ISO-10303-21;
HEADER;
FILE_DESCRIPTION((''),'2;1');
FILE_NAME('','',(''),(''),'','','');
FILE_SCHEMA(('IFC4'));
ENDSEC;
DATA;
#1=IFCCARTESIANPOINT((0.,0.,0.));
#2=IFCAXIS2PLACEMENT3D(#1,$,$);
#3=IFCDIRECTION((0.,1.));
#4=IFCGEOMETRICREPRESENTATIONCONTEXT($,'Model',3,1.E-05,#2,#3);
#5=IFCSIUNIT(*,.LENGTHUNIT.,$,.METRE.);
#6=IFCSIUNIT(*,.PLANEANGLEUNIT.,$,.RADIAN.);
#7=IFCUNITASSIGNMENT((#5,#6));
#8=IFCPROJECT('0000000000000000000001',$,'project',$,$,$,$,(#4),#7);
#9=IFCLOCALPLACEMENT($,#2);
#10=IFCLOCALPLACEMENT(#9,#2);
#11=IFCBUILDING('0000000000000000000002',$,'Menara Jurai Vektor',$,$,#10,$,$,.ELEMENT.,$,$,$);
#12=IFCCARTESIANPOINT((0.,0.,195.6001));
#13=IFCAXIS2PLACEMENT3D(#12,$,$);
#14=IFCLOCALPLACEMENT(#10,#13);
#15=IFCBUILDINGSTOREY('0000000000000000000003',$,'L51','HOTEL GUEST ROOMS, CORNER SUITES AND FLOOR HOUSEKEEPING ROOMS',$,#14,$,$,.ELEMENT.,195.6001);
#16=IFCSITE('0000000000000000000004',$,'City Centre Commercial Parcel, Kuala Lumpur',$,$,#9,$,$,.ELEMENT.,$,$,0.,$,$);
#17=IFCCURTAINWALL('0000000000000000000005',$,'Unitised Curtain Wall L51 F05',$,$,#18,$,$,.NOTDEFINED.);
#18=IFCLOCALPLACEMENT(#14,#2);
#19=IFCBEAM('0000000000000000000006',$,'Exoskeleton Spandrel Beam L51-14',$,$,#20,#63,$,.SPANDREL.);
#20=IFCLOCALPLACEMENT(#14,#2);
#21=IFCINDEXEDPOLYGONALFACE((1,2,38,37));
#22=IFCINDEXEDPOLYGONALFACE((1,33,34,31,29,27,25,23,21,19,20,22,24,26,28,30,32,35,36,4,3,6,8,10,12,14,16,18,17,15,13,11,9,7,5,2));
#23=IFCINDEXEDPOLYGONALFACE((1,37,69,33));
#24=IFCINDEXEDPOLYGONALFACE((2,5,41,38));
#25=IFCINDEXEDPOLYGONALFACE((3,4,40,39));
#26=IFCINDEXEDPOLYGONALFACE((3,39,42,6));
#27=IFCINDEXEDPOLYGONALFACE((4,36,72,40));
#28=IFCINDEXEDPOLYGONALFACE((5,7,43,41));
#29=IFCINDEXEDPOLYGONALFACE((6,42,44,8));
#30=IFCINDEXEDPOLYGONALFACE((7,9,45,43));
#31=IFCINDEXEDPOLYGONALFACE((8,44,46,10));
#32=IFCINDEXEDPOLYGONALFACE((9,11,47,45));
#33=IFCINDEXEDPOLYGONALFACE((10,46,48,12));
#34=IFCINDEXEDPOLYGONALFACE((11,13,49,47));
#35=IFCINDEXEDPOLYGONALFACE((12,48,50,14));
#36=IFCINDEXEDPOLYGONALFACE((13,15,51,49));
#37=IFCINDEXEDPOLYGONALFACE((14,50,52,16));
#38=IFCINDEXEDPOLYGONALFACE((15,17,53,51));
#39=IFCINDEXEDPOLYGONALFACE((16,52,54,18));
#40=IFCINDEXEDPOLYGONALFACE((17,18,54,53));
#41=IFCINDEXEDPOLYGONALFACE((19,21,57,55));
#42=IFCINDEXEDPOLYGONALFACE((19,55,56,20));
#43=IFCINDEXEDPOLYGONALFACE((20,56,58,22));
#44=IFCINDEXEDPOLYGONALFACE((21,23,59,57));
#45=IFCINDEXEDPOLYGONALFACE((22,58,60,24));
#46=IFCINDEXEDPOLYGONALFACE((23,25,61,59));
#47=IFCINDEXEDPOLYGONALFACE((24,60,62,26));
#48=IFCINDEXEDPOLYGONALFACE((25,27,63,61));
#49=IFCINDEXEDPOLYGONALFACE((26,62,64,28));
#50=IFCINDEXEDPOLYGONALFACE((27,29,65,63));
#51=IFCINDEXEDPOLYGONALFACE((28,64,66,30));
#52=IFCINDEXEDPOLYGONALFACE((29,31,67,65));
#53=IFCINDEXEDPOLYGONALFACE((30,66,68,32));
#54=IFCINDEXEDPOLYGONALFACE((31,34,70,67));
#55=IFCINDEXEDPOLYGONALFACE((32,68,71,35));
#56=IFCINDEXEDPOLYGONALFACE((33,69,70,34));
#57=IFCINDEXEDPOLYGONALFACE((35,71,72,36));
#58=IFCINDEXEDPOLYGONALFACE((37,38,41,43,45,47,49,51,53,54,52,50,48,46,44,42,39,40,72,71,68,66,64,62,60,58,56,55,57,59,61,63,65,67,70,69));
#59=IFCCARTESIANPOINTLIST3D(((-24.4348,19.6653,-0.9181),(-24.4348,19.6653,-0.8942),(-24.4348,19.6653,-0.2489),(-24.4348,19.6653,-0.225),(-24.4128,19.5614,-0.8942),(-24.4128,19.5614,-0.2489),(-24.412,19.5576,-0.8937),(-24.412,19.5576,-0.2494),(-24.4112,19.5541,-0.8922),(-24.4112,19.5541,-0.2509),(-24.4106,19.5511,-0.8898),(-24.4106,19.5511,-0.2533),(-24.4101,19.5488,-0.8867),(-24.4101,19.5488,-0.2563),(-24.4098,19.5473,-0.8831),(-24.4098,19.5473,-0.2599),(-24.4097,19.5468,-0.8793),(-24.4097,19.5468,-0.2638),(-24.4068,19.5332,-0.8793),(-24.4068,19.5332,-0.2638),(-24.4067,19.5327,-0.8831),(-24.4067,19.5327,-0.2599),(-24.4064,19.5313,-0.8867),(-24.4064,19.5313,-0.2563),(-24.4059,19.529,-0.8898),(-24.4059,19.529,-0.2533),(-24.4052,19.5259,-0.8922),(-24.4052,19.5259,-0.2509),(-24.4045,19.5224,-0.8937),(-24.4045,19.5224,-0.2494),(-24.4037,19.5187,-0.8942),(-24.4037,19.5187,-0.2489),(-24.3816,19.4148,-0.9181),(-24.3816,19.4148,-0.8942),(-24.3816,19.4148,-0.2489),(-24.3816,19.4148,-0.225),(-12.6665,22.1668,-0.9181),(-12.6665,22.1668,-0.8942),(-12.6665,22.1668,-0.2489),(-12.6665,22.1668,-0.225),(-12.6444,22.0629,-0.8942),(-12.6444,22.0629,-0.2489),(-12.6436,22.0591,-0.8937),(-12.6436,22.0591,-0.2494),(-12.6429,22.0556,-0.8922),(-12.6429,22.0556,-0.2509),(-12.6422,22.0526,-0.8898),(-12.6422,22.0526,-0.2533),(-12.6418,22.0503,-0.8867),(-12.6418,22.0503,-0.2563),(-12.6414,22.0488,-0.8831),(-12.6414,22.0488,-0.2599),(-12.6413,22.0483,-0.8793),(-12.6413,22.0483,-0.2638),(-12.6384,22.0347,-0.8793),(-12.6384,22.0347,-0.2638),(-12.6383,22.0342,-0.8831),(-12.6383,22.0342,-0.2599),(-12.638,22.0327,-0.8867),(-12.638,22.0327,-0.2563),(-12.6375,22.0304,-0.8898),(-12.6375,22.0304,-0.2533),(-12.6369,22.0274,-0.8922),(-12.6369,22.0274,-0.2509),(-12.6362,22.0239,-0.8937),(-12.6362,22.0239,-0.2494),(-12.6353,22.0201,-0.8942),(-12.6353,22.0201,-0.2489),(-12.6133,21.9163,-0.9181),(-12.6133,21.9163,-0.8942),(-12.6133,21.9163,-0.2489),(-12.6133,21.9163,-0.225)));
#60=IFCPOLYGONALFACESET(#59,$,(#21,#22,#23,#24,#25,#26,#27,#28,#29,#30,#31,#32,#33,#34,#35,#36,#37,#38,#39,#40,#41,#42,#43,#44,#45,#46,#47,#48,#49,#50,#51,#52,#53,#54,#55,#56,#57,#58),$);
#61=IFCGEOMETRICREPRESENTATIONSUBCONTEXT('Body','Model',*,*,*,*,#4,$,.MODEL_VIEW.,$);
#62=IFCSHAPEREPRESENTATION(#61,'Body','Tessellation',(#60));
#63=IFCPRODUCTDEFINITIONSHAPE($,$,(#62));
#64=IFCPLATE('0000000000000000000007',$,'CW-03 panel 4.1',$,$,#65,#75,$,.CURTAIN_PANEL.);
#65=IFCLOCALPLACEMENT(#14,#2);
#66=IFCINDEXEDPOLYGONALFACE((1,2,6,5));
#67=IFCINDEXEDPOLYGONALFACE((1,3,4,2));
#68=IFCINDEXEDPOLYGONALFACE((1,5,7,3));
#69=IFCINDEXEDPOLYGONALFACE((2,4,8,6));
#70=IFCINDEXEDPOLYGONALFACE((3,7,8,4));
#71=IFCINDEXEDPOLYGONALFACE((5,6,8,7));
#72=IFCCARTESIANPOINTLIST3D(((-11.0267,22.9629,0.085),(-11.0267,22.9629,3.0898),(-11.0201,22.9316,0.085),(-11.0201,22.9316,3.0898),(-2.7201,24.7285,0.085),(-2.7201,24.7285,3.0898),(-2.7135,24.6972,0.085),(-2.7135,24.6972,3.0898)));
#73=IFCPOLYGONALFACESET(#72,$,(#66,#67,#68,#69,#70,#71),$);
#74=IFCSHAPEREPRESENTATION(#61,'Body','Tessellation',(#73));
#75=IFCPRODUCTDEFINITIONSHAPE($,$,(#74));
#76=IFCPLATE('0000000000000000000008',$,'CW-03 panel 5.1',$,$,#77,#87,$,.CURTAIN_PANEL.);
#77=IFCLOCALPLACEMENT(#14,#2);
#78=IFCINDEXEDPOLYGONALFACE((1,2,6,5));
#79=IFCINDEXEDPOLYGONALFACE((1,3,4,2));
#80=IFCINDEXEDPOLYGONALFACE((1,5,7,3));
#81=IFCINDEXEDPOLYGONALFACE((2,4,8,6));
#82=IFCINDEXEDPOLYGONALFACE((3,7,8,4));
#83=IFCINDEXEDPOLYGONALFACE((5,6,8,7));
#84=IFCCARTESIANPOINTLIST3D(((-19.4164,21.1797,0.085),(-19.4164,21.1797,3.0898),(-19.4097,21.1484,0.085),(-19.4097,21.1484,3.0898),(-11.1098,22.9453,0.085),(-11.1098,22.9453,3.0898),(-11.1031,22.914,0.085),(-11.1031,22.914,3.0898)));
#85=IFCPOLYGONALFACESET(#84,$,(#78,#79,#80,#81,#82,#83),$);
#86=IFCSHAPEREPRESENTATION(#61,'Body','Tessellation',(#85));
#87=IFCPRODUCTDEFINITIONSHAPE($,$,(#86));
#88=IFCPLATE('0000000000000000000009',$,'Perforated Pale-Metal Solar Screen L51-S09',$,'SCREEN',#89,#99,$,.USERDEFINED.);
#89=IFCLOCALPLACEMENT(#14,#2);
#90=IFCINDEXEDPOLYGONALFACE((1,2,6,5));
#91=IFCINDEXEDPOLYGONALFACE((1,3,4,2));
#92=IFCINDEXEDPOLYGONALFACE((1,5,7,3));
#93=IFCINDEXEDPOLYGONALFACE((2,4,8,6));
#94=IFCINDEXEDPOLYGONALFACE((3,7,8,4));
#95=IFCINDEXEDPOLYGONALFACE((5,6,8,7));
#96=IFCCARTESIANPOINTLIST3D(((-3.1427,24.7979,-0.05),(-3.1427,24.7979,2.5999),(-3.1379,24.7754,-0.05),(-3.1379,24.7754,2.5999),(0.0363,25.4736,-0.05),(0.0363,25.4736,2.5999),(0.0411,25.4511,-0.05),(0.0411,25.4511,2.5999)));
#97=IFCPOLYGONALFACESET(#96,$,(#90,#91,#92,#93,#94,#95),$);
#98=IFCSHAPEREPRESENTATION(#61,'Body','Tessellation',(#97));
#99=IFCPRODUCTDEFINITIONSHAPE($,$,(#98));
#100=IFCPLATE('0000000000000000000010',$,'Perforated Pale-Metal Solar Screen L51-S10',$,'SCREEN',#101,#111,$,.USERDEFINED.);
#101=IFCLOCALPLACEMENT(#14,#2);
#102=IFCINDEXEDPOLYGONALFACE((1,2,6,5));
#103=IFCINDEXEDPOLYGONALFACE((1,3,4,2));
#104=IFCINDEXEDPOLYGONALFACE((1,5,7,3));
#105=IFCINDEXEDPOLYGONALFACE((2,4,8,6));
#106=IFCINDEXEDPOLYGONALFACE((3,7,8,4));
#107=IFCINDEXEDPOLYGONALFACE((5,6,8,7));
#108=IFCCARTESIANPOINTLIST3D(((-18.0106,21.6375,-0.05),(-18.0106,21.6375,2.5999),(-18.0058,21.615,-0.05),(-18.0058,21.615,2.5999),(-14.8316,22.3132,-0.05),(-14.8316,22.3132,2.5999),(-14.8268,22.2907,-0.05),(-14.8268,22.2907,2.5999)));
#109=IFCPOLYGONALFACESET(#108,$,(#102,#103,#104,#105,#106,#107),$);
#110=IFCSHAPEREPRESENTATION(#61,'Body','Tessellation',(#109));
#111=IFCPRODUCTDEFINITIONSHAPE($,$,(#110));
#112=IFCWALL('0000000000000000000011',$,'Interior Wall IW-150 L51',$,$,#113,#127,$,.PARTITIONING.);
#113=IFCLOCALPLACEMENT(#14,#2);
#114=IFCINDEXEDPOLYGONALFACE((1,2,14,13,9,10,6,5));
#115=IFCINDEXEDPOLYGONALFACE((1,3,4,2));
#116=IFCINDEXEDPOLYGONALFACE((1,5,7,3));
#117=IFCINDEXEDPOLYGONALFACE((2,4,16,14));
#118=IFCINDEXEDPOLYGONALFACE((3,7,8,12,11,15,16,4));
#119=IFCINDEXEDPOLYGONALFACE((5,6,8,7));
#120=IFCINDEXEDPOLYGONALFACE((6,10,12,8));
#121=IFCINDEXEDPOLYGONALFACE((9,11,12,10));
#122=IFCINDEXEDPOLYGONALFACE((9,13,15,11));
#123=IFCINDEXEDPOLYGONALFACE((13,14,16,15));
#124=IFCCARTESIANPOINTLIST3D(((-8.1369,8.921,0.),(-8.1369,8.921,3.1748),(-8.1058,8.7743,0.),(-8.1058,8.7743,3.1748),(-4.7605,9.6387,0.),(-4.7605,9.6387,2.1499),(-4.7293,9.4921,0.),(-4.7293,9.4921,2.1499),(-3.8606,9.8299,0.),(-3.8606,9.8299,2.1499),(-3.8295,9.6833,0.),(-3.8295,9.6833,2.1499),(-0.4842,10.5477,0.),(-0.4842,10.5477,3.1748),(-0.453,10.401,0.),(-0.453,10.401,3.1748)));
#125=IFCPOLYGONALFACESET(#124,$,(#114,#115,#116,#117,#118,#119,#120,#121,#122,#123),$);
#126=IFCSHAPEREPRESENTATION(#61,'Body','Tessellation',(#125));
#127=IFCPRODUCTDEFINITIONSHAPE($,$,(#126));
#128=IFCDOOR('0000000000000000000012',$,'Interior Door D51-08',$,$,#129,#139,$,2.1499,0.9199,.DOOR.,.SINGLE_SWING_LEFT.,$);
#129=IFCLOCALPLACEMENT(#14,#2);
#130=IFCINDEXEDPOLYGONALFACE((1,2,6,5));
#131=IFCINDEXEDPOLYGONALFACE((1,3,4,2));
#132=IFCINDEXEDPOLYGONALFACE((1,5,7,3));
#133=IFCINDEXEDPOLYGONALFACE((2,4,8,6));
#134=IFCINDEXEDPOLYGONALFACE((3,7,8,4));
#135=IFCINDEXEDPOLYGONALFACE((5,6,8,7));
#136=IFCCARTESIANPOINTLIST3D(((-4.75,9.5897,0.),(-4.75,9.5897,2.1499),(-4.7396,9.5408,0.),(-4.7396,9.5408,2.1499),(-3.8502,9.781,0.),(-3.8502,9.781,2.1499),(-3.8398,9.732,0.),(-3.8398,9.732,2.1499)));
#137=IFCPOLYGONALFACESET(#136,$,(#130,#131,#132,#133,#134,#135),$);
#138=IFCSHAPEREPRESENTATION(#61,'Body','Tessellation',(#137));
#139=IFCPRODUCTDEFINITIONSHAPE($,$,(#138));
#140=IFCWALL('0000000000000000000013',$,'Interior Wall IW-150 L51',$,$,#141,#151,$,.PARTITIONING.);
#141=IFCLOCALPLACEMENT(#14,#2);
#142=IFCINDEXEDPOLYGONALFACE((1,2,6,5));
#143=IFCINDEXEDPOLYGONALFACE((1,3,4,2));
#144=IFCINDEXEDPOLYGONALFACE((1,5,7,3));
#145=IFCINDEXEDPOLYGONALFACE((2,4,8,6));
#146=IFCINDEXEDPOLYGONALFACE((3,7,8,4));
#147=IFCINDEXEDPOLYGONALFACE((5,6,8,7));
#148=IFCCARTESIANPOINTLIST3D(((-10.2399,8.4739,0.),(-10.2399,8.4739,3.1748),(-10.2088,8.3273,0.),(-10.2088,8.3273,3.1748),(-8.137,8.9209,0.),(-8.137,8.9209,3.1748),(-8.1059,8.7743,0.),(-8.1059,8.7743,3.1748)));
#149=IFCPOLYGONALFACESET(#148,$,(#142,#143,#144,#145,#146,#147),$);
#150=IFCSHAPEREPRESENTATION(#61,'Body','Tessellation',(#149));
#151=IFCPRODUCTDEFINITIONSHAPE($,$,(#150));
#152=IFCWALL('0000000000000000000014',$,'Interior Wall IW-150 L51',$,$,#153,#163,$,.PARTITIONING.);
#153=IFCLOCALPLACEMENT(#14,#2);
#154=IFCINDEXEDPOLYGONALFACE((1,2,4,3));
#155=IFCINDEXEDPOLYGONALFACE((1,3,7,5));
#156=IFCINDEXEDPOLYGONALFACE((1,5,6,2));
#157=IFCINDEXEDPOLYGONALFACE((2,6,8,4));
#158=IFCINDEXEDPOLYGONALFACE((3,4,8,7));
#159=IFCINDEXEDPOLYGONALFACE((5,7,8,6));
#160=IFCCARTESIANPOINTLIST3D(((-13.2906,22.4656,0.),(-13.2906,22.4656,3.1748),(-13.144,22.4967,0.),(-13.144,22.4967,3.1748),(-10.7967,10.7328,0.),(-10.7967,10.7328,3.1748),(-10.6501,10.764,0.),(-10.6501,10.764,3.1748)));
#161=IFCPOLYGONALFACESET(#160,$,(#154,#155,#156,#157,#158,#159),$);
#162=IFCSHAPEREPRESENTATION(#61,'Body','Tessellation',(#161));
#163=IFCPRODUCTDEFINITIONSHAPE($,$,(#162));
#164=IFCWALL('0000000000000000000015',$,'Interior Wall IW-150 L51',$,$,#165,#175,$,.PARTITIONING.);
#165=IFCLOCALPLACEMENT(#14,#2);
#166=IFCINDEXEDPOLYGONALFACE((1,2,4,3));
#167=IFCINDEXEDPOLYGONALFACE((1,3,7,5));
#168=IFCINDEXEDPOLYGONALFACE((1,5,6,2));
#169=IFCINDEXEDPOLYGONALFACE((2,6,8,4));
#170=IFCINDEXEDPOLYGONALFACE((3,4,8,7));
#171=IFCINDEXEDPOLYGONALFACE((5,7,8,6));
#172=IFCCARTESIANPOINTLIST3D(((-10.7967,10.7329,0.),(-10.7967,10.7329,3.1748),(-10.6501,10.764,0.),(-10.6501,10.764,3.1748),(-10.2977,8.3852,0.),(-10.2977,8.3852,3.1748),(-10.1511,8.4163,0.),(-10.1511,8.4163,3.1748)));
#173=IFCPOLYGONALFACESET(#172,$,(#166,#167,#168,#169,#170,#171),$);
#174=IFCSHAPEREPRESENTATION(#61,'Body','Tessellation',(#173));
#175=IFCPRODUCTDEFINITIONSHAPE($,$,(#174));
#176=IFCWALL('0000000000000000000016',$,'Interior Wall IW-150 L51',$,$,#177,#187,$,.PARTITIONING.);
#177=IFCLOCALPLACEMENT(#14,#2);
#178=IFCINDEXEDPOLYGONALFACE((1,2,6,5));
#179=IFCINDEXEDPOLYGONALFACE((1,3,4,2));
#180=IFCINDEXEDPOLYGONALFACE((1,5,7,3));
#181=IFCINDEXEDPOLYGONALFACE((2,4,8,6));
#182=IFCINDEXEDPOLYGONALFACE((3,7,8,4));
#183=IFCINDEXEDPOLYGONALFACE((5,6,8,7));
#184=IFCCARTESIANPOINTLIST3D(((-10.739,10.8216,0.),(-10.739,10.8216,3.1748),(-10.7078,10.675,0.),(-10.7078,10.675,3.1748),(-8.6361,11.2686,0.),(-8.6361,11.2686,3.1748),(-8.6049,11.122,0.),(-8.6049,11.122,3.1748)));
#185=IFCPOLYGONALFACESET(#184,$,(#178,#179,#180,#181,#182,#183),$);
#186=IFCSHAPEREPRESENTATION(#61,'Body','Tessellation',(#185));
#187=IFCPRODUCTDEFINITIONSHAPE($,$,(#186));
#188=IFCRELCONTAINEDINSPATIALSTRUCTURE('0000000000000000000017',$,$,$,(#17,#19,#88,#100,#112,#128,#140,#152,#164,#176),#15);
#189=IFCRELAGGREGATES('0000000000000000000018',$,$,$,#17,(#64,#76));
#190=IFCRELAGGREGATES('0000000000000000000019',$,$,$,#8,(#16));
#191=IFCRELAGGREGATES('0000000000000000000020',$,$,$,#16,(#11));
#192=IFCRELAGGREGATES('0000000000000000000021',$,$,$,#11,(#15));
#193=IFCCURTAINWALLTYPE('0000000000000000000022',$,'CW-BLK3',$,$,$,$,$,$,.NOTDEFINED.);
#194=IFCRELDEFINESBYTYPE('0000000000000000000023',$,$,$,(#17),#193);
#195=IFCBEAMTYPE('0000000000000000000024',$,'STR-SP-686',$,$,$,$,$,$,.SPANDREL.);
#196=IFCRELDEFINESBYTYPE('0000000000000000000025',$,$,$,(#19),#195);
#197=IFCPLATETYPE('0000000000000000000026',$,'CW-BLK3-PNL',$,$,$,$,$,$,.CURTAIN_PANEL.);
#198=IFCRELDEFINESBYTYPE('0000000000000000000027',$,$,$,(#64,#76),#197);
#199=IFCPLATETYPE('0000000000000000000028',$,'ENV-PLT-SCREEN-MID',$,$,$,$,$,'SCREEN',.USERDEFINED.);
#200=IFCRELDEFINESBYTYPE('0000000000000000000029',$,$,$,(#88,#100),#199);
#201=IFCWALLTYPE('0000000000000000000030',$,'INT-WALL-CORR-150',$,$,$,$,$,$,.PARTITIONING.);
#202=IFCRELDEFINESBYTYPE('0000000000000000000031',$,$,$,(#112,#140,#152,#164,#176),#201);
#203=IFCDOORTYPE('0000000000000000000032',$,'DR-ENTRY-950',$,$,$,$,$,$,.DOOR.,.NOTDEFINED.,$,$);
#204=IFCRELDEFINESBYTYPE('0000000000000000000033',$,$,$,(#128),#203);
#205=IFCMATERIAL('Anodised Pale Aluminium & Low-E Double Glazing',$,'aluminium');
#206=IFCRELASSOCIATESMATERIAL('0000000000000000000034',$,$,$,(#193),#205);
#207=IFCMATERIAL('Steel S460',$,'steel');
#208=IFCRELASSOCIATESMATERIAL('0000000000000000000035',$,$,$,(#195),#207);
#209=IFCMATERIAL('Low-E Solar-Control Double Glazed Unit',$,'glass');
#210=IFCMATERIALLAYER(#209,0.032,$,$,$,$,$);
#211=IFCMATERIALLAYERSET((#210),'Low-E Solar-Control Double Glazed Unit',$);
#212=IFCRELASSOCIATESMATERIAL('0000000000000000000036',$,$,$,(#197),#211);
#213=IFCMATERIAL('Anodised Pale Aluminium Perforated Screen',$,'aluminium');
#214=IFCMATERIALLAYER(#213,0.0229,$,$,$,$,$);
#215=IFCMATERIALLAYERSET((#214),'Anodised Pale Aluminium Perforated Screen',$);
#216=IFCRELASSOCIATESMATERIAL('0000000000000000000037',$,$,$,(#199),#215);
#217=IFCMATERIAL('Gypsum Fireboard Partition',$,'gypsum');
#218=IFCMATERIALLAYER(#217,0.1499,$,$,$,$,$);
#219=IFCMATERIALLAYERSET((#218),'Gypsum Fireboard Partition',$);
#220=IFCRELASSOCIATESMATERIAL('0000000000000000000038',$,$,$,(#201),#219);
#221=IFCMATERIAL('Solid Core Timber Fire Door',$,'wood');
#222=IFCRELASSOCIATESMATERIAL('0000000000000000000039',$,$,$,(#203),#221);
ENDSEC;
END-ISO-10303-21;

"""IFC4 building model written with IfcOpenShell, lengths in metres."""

from ifc_helpers import new_model, si_unit, direction, frame, frame_2d, origin, origin_2d, place, context, subcontext, project, spatial, rectangle, i_section, extrude, material, layer, layer_set, material_profile, profile_set, type_object, element, fill, aggregate, save


model = new_model("IFC4")

# Units and contexts
model_context = context("Model", 3, precision=1e-05, world=origin(), true_north=direction((0.0, 1.0)))
body_context = subcontext(model_context, "Body", "Model", "MODEL_VIEW")
ifc_project = project(units=[si_unit("LENGTHUNIT", "METRE"), si_unit("PLANEANGLEUNIT", "RADIAN")], contexts=[model_context])

# Site, building, storey
site_placement = place(None, origin())
site = spatial("IfcSite", under=ifc_project, at=site_placement, Name="City Centre Commercial Parcel, Kuala Lumpur", CompositionType="ELEMENT", RefElevation=0.0)
building_placement = place(site_placement, origin())
building = spatial("IfcBuilding", under=site, at=building_placement, Name="Menara Jurai Vektor", CompositionType="ELEMENT")
storey_placement = place(building_placement, frame((0.0, 0.0, 195.6001)))
storey = spatial("IfcBuildingStorey", under=building, at=storey_placement, Name="L51", Description="HOTEL GUEST ROOMS, CORNER SUITES AND FLOOR HOUSEKEEPING ROOMS", CompositionType="ELEMENT", Elevation=195.6001)

# Shared definitions
ifc_material_1 = material(Name="Steel S460", Category="steel")

# Curtain wall
ifc_material_2 = material(Name="Anodised Pale Aluminium & Low-E Double Glazing", Category="aluminium")
curtain_wall_type = type_object("IfcCurtainWallType", Name="CW-BLK3", PredefinedType="NOTDEFINED", material=ifc_material_2)
curtain_wall_placement = place(storey_placement, origin())
curtain_wall = element("IfcCurtainWall", 1, at=curtain_wall_placement, inside=storey, type_object=curtain_wall_type, Name="Unitised Curtain Wall L51 F05", PredefinedType="NOTDEFINED")

# Beam
ifc_material_profile_1 = material_profile(ifc_material_1, i_section(OverallWidth=0.2561, OverallDepth=0.6931, WebThickness=0.0139, FlangeThickness=0.0239, FilletRadius=0.0149, at=origin_2d()), Name="UKB 686x254x170")
ifc_profile_set_1 = profile_set([ifc_material_profile_1], Name="Steel S460")
beam_type_1 = type_object("IfcBeamType", Name="STR-SP-686", PredefinedType="SPANDREL", material=ifc_profile_set_1)
beam_1_placement = place(storey_placement, frame((-12.6399, 22.0415, -0.5715), z_axis=(-0.978147, -0.207914, 0.0), x_axis=(0.207914, -0.978147, 0.0)))
element("IfcBeam", 2, at=beam_1_placement, inside=storey, type_object=beam_type_1, Name="Exoskeleton Spandrel Beam L51-14", PredefinedType="SPANDREL", context=body_context, shape_type="SweptSolid", body=[
    extrude(i_section(OverallWidth=0.2561, OverallDepth=0.6931, WebThickness=0.0139, FlangeThickness=0.0239, FilletRadius=0.0149, at=origin_2d()), origin(), (0.0, 0.0, 1.0), 12.0312),
])

# Plates
ifc_material_3 = material(Name="Low-E Solar-Control Double Glazed Unit", Category="glass")
ifc_layer_1 = layer(ifc_material_3, 0.032)
ifc_layer_set_1 = layer_set([ifc_layer_1], Name="Low-E Solar-Control Double Glazed Unit")
plate_type_1 = type_object("IfcPlateType", Name="CW-BLK3-PNL", PredefinedType="CURTAIN_PANEL", material=ifc_layer_set_1)
plate_1_placement = place(storey_placement, frame((-6.8701, 23.8301, 0.085), z_axis=(0.0, 0.0, 1.0), x_axis=(-0.978148, -0.207911, 0.0)))
plate_1 = element("IfcPlate", 3, at=plate_1_placement, type_object=plate_type_1, Name="CW-03 panel 4.1", PredefinedType="CURTAIN_PANEL", context=body_context, shape_type="SweptSolid", body=[
    extrude(rectangle(XDim=8.4922, YDim=0.032, at=origin_2d()), origin(), (0.0, 0.0, 1.0), 3.0049),
])
plate_2_placement = place(storey_placement, frame((-15.2598, 22.0469, 0.085), z_axis=(0.0, 0.0, 1.0), x_axis=(-0.978148, -0.207911, 0.0)))
plate_2 = element("IfcPlate", 4, at=plate_2_placement, type_object=plate_type_1, Name="CW-03 panel 5.1", PredefinedType="CURTAIN_PANEL", context=body_context, shape_type="SweptSolid", body=[
    extrude(rectangle(XDim=8.4922, YDim=0.032, at=origin_2d()), origin(), (0.0, 0.0, 1.0), 3.0049),
])
aggregate(curtain_wall, [plate_1, plate_2])

# Plates
ifc_material_4 = material(Name="Anodised Pale Aluminium Perforated Screen", Category="aluminium")
ifc_layer_2 = layer(ifc_material_4, 0.0229)
ifc_layer_set_2 = layer_set([ifc_layer_2], Name="Anodised Pale Aluminium Perforated Screen")
plate_type_2 = type_object("IfcPlateType", Name="ENV-PLT-SCREEN-MID", ElementType="SCREEN", PredefinedType="USERDEFINED", material=ifc_layer_set_2)
for number, where, z_axis, x_axis, name in (
    (5, (-1.5508, 25.1245, -0.05), (0.0, 0.0, 1.0), (-0.978148, -0.207912, 0.0), "Perforated Pale-Metal Solar Screen L51-S09"),
    (6, (-16.4187, 21.9641, -0.05), (0.0, 0.0, 1.0), (-0.978148, -0.207912, 0.0), "Perforated Pale-Metal Solar Screen L51-S10"),
):
    element("IfcPlate", number, at=place(storey_placement, frame(where, z_axis=z_axis, x_axis=x_axis)), inside=storey, type_object=plate_type_2, Name=name, ObjectType="SCREEN", PredefinedType="USERDEFINED", context=body_context, shape_type="SweptSolid", body=[
        extrude(rectangle(XDim=3.25, YDim=0.0229, at=origin_2d()), origin(), (0.0, 0.0, 1.0), 2.6499),
    ])

# Wall, opening, door
ifc_material_5 = material(Name="Gypsum Fireboard Partition", Category="gypsum")
ifc_layer_3 = layer(ifc_material_5, 0.1499)
ifc_layer_set_3 = layer_set([ifc_layer_3], Name="Gypsum Fireboard Partition")
wall_type = type_object("IfcWallType", Name="INT-WALL-CORR-150", PredefinedType="PARTITIONING", material=ifc_layer_set_3)
wall_1_placement = place(storey_placement, frame((-8.1213, 8.8477, 0.0), z_axis=(0.0, 0.0, 1.0), x_axis=(0.978146, 0.207918, 0.0)))
wall_1 = element("IfcWall", 7, at=wall_1_placement, inside=storey, type_object=wall_type, Name="Interior Wall IW-150 L51", PredefinedType="PARTITIONING", context=body_context, shape_type="SweptSolid", body=[
    extrude(rectangle(XDim=7.8237, YDim=0.1499, at=frame_2d((3.9119, 0.0))), origin(), (0.0, 0.0, 1.0), 3.1748),
])
opening_1_placement = place(wall_1_placement, frame((3.4519, 0.0, 0.0)))
opening_1 = element("IfcOpeningElement", 8, at=opening_1_placement, cuts=wall_1, PredefinedType="OPENING", context=body_context, shape_type="SweptSolid", body=[
    extrude(rectangle(XDim=0.9199, YDim=2.1499, at=frame_2d((0.46, 1.075))), frame((0.0, 0.085, 0.0), z_axis=(0.0, -1.0, 0.0), x_axis=(1.0, 0.0, 0.0)), (0.0, 0.0, 1.0), 0.1699),
])
ifc_material_6 = material(Name="Solid Core Timber Fire Door", Category="wood")
door_type_1 = type_object("IfcDoorType", Name="DR-ENTRY-950", OperationType="NOTDEFINED", PredefinedType="DOOR", material=ifc_material_6)
door_1_placement = place(opening_1_placement, origin())
door_1 = element("IfcDoor", 9, at=door_1_placement, inside=storey, type_object=door_type_1, Name="Interior Door D51-08", OperationType="SINGLE_SWING_LEFT", OverallHeight=2.1499, OverallWidth=0.9199, PredefinedType="DOOR", context=body_context, shape_type="SweptSolid", body=[
    extrude(rectangle(XDim=0.9199, YDim=2.1499, at=frame_2d((0.46, 1.075))), frame((0.0, 0.0249, 0.0), z_axis=(0.0, -1.0, 0.0), x_axis=(1.0, 0.0, 0.0)), (0.0, 0.0, 1.0), 0.05),
])
fill(opening_1, door_1)

# Walls
wall_2_placement = place(storey_placement, frame((-10.2244, 8.4006, 0.0), z_axis=(0.0, 0.0, 1.0), x_axis=(0.978147, 0.207916, 0.0)))
element("IfcWall", 10, at=wall_2_placement, inside=storey, type_object=wall_type, Name="Interior Wall IW-150 L51", PredefinedType="PARTITIONING", context=body_context, shape_type="SweptSolid", body=[
    extrude(rectangle(XDim=2.1499, YDim=0.1499, at=frame_2d((1.075, 0.0))), origin(), (0.0, 0.0, 1.0), 3.1748),
])
wall_3_placement = place(storey_placement, frame((-10.7234, 10.7483, 0.0), z_axis=(0.0, 0.0, 1.0), x_axis=(-0.207915, 0.978147, 0.0)))
element("IfcWall", 11, at=wall_3_placement, inside=storey, type_object=wall_type, Name="Interior Wall IW-150 L51", PredefinedType="PARTITIONING", context=body_context, shape_type="SweptSolid", body=[
    extrude(rectangle(XDim=11.9949, YDim=0.1499, at=frame_2d((5.9976, 0.0))), origin(), (0.0, 0.0, 1.0), 3.1748),
])
wall_4_placement = place(storey_placement, frame((-10.2244, 8.4006, 0.0), z_axis=(0.0, 0.0, 1.0), x_axis=(-0.207917, 0.978146, 0.0)))
element("IfcWall", 12, at=wall_4_placement, inside=storey, type_object=wall_type, Name="Interior Wall IW-150 L51", PredefinedType="PARTITIONING", context=body_context, shape_type="SweptSolid", body=[
    extrude(rectangle(XDim=2.4001, YDim=0.1499, at=frame_2d((1.2002, 0.0))), origin(), (0.0, 0.0, 1.0), 3.1748),
])
wall_5_placement = place(storey_placement, frame((-10.7234, 10.7483, 0.0), z_axis=(0.0, 0.0, 1.0), x_axis=(0.978147, 0.207916, 0.0)))
element("IfcWall", 13, at=wall_5_placement, inside=storey, type_object=wall_type, Name="Interior Wall IW-150 L51", PredefinedType="PARTITIONING", context=body_context, shape_type="SweptSolid", body=[
    extrude(rectangle(XDim=2.1499, YDim=0.1499, at=frame_2d((1.075, 0.0))), origin(), (0.0, 0.0, 1.0), 3.1748),
])

save(model, "model.ifc")
